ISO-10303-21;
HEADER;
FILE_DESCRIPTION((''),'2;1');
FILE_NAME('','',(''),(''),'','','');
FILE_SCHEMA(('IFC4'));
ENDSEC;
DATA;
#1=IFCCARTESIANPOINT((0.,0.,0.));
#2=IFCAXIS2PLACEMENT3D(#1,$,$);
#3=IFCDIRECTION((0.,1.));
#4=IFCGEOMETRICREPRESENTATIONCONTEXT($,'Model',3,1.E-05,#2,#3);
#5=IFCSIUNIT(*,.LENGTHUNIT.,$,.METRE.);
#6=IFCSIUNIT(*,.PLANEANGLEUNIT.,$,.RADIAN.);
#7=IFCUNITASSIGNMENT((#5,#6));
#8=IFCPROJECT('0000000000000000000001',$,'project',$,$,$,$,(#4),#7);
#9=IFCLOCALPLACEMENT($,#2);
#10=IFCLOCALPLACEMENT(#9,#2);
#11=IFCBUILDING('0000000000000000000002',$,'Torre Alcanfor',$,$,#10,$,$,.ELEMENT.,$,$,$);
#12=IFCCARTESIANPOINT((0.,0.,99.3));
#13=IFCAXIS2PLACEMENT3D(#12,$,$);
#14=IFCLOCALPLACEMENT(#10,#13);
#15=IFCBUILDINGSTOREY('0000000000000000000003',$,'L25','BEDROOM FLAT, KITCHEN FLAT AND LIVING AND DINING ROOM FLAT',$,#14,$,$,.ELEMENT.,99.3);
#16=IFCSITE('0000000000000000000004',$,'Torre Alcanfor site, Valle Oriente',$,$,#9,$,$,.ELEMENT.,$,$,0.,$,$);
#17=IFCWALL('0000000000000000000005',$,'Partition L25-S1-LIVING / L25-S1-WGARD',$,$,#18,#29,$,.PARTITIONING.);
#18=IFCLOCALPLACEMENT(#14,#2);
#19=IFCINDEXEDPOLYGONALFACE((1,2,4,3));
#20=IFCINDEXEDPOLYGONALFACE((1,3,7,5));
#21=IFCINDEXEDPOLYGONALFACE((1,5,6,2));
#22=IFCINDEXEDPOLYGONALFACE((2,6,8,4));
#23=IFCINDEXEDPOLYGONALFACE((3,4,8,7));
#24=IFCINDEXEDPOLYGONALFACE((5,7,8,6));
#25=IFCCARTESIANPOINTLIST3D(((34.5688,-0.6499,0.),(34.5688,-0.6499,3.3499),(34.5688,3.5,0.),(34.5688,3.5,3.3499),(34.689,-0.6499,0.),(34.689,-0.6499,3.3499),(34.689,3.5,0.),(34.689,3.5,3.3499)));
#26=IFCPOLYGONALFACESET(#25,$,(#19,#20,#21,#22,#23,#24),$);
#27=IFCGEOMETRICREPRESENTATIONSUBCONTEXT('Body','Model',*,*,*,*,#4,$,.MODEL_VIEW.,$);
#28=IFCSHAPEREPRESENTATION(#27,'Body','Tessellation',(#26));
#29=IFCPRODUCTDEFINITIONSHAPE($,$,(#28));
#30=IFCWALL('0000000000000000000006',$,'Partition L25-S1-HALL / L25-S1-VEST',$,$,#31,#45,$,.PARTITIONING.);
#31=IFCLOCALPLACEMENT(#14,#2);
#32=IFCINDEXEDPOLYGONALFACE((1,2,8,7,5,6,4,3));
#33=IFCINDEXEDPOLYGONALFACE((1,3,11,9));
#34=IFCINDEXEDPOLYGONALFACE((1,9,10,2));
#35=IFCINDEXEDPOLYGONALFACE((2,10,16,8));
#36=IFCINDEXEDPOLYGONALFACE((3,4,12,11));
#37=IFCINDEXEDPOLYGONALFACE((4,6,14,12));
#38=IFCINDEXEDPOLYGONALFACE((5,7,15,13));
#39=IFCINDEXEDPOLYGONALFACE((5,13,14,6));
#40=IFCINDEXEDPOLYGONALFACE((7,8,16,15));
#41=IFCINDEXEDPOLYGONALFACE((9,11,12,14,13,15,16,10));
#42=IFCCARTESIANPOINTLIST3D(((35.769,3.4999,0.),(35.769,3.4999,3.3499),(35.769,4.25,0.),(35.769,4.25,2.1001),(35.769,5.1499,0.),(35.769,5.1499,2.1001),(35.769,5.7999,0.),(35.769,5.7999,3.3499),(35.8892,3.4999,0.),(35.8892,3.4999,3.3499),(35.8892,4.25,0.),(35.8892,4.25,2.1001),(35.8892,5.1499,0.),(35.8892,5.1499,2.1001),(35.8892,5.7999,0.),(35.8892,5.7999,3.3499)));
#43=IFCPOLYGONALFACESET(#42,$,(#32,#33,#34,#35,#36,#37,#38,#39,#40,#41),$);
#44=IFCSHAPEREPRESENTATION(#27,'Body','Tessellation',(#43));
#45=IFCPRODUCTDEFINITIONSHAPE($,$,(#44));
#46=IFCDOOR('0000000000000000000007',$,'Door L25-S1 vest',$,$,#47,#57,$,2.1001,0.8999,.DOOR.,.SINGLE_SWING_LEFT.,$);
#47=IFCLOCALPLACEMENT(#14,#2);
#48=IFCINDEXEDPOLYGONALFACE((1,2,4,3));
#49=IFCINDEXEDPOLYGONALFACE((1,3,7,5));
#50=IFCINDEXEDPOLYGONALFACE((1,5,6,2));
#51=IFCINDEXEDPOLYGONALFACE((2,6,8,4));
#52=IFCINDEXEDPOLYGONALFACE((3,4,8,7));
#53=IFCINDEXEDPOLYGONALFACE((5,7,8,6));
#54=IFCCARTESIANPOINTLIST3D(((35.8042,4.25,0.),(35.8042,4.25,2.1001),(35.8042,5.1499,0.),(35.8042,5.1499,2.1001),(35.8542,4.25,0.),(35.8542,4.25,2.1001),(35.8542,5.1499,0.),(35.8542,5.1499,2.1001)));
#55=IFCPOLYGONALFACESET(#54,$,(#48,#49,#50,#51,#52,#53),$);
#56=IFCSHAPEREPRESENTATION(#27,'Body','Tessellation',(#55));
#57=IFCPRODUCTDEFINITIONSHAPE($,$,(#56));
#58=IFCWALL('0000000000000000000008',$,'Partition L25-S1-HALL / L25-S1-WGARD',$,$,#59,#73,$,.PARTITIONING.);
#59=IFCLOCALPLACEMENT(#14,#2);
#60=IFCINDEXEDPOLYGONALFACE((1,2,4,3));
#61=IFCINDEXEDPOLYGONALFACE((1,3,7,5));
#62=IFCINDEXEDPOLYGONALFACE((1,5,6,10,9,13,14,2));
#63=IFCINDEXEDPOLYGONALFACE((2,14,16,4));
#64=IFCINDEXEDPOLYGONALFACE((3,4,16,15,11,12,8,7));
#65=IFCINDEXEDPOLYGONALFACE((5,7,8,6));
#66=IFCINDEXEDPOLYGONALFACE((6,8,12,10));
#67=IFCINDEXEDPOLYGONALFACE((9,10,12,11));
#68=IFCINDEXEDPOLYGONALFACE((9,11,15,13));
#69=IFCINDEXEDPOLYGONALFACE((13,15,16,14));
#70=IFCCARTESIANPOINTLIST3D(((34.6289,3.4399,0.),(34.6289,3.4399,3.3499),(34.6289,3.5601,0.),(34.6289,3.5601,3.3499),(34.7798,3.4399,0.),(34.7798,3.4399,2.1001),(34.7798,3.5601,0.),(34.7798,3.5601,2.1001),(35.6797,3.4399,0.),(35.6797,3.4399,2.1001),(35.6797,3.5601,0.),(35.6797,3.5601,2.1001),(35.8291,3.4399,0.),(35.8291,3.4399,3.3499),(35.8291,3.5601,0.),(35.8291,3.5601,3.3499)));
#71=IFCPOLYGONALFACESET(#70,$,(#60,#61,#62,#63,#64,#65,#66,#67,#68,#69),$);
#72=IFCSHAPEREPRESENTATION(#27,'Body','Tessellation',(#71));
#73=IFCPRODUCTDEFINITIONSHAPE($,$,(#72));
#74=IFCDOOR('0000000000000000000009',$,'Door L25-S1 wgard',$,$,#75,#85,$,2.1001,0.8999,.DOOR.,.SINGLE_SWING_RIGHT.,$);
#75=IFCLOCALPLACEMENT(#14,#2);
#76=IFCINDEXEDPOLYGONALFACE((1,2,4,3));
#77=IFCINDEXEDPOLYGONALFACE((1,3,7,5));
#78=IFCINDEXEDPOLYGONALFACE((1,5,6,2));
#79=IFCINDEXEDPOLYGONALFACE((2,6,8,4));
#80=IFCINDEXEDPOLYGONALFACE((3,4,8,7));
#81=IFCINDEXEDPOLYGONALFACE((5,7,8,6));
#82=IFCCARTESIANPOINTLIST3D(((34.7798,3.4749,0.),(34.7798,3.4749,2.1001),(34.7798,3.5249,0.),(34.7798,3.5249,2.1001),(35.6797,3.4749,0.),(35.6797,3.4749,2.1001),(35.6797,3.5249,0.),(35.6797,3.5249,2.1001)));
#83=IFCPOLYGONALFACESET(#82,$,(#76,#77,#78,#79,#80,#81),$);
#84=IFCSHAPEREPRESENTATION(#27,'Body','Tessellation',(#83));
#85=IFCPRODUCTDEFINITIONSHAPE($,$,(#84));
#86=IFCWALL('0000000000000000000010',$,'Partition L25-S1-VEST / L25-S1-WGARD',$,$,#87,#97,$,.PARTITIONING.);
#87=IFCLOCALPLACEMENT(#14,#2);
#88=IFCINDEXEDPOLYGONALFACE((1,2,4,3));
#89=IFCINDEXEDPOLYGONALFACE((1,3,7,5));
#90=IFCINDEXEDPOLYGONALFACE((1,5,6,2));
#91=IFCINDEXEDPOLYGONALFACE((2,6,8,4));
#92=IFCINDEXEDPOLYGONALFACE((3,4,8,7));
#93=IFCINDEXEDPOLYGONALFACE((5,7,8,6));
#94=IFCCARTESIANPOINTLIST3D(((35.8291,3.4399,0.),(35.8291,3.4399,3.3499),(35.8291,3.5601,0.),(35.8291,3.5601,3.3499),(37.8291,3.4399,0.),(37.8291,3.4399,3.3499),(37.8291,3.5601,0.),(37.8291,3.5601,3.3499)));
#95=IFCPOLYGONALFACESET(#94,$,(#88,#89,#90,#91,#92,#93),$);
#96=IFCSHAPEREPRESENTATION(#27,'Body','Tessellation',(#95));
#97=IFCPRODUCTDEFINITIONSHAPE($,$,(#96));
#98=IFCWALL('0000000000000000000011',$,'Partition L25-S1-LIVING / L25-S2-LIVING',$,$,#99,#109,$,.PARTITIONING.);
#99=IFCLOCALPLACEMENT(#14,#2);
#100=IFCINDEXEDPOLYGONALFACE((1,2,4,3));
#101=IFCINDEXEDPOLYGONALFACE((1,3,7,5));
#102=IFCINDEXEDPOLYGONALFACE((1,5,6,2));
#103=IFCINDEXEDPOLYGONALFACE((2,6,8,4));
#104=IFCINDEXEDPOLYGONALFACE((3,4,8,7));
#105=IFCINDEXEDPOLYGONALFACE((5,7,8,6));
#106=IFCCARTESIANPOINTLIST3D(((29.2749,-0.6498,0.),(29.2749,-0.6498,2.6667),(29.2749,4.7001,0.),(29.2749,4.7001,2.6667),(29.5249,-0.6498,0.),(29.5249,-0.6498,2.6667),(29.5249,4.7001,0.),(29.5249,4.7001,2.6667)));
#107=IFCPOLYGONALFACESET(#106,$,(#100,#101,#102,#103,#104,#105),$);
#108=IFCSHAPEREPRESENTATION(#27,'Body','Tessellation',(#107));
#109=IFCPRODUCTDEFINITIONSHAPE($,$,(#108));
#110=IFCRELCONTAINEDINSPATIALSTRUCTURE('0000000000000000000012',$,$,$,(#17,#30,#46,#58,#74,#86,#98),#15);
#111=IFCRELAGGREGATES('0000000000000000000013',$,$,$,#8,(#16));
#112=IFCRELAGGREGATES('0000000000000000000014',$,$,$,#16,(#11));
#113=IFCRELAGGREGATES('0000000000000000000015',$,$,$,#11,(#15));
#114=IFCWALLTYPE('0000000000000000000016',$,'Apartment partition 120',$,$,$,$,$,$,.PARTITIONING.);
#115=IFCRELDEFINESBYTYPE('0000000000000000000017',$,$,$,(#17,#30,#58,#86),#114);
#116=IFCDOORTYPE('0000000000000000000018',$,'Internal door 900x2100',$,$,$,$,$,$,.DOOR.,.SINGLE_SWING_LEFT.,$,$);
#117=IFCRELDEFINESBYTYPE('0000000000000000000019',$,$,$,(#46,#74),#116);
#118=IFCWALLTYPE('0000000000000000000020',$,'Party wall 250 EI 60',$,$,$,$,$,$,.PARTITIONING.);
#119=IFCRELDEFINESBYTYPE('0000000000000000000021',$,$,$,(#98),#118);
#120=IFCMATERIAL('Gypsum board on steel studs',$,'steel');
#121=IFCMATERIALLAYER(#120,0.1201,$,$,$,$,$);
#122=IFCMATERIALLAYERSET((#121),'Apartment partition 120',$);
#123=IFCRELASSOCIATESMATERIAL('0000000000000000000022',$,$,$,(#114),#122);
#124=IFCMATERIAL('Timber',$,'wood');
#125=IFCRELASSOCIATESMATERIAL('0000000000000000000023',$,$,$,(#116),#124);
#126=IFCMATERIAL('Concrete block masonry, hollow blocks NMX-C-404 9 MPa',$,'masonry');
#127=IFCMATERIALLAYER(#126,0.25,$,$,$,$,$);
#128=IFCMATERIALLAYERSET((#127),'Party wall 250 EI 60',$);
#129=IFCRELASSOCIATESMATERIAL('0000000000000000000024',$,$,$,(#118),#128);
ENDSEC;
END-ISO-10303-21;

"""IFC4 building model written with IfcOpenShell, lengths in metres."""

from ifc_helpers import new_model, si_unit, direction, frame, frame_2d, origin, place, context, subcontext, project, spatial, rectangle, extrude, material, layer, layer_set, type_object, element, fill, save


model = new_model("IFC4")

# Units and contexts
model_context = context("Model", 3, precision=1e-05, world=origin(), true_north=direction((0.0, 1.0)))
body_context = subcontext(model_context, "Body", "Model", "MODEL_VIEW")
ifc_project = project(units=[si_unit("LENGTHUNIT", "METRE"), si_unit("PLANEANGLEUNIT", "RADIAN")], contexts=[model_context])

# Site, building, storey
site_placement = place(None, origin())
site = spatial("IfcSite", under=ifc_project, at=site_placement, Name="Torre Alcanfor site, Valle Oriente", CompositionType="ELEMENT", RefElevation=0.0)
building_placement = place(site_placement, origin())
building = spatial("IfcBuilding", under=site, at=building_placement, Name="Torre Alcanfor", CompositionType="ELEMENT")
storey_placement = place(building_placement, frame((0.0, 0.0, 99.3)))
storey = spatial("IfcBuildingStorey", under=building, at=storey_placement, Name="L25", Description="BEDROOM FLAT, KITCHEN FLAT AND LIVING AND DINING ROOM FLAT", CompositionType="ELEMENT", Elevation=99.3)

# Shared definitions
ifc_material_1 = material(Name="Gypsum board on steel studs", Category="steel")
ifc_layer_1 = layer(ifc_material_1, 0.1201)
ifc_layer_set_1 = layer_set([ifc_layer_1], Name="Apartment partition 120")
wall_type_1 = type_object("IfcWallType", Name="Apartment partition 120", PredefinedType="PARTITIONING", material=ifc_layer_set_1)

# Shared definitions
ifc_material_2 = material(Name="Timber", Category="wood")
door_type = type_object("IfcDoorType", Name="Internal door 900x2100", OperationType="SINGLE_SWING_LEFT", PredefinedType="DOOR", material=ifc_material_2)

# Wall
wall_1_placement = place(storey_placement, frame((34.6289, -0.6499, 0.0), z_axis=(0.0, 0.0, 1.0), x_axis=(0.0, 1.0, 0.0)))
element("IfcWall", 1, at=wall_1_placement, inside=storey, type_object=wall_type_1, Name="Partition L25-S1-LIVING / L25-S1-WGARD", PredefinedType="PARTITIONING", context=body_context, shape_type="SweptSolid", body=[
    extrude(rectangle(XDim=4.1499, YDim=0.1201, at=frame_2d((2.075, 0.0))), origin(), (0.0, 0.0, 1.0), 3.3499),
])

# Walls, openings, doors
wall_2_placement = place(storey_placement, frame((35.8291, 3.5, 0.0), z_axis=(0.0, 0.0, 1.0), x_axis=(0.0, 1.0, 0.0)))
wall_2 = element("IfcWall", 2, at=wall_2_placement, inside=storey, type_object=wall_type_1, Name="Partition L25-S1-HALL / L25-S1-VEST", PredefinedType="PARTITIONING", context=body_context, shape_type="SweptSolid", body=[
    extrude(rectangle(XDim=2.3, YDim=0.1201, at=frame_2d((1.1499, 0.0))), origin(), (0.0, 0.0, 1.0), 3.3499),
])
opening_1_placement = place(wall_2_placement, frame((0.75, 0.0, 0.0)))
opening_1 = element("IfcOpeningElement", 3, at=opening_1_placement, cuts=wall_2, PredefinedType="OPENING", context=body_context, shape_type="SweptSolid", body=[
    extrude(rectangle(XDim=0.8999, YDim=2.1001, at=frame_2d((0.45, 1.05))), frame((0.0, 0.0701, 0.0), z_axis=(0.0, -1.0, 0.0), x_axis=(1.0, 0.0, 0.0)), (0.0, 0.0, 1.0), 0.1401),
])
door_1_placement = place(opening_1_placement, frame((0.8999, 0.0, 0.0), z_axis=(0.0, 0.0, 1.0), x_axis=(-1.0, 0.0, 0.0)))
door_1 = element("IfcDoor", 4, at=door_1_placement, inside=storey, type_object=door_type, Name="Door L25-S1 vest", OperationType="SINGLE_SWING_LEFT", OverallHeight=2.1001, OverallWidth=0.8999, PredefinedType="DOOR", context=body_context, shape_type="SweptSolid", body=[
    extrude(rectangle(XDim=0.8999, YDim=2.1001, at=frame_2d((0.45, 1.05))), frame((0.0, 0.0251, 0.0), z_axis=(0.0, -1.0, 0.0), x_axis=(1.0, 0.0, 0.0)), (0.0, 0.0, 1.0), 0.05),
])
fill(opening_1, door_1)
wall_3_placement = place(storey_placement, frame((34.6289, 3.5, 0.0), z_axis=(0.0, 0.0, 1.0), x_axis=(1.0, 0.0, 0.0)))
wall_3 = element("IfcWall", 5, at=wall_3_placement, inside=storey, type_object=wall_type_1, Name="Partition L25-S1-HALL / L25-S1-WGARD", PredefinedType="PARTITIONING", context=body_context, shape_type="SweptSolid", body=[
    extrude(rectangle(XDim=1.2002, YDim=0.1201, at=frame_2d((0.6001, 0.0))), origin(), (0.0, 0.0, 1.0), 3.3499),
])
opening_2_placement = place(wall_3_placement, frame((0.1509, 0.0, 0.0)))
opening_2 = element("IfcOpeningElement", 6, at=opening_2_placement, cuts=wall_3, PredefinedType="OPENING", context=body_context, shape_type="SweptSolid", body=[
    extrude(rectangle(XDim=0.8999, YDim=2.1001, at=frame_2d((0.45, 1.05))), frame((0.0, 0.0701, 0.0), z_axis=(0.0, -1.0, 0.0), x_axis=(1.0, 0.0, 0.0)), (0.0, 0.0, 1.0), 0.1401),
])
door_2_placement = place(opening_2_placement, frame((0.8999, 0.0, 0.0), z_axis=(0.0, 0.0, 1.0), x_axis=(-1.0, 0.0, 0.0)))
door_2 = element("IfcDoor", 7, at=door_2_placement, inside=storey, type_object=door_type, Name="Door L25-S1 wgard", OperationType="SINGLE_SWING_RIGHT", OverallHeight=2.1001, OverallWidth=0.8999, PredefinedType="DOOR", context=body_context, shape_type="SweptSolid", body=[
    extrude(rectangle(XDim=0.8999, YDim=2.1001, at=frame_2d((0.45, 1.05))), frame((0.0, 0.0251, 0.0), z_axis=(0.0, -1.0, 0.0), x_axis=(1.0, 0.0, 0.0)), (0.0, 0.0, 1.0), 0.05),
])
fill(opening_2, door_2)

# Walls
wall_4_placement = place(storey_placement, frame((35.8291, 3.5, 0.0), z_axis=(0.0, 0.0, 1.0), x_axis=(1.0, 0.0, 0.0)))
element("IfcWall", 8, at=wall_4_placement, inside=storey, type_object=wall_type_1, Name="Partition L25-S1-VEST / L25-S1-WGARD", PredefinedType="PARTITIONING", context=body_context, shape_type="SweptSolid", body=[
    extrude(rectangle(XDim=2.0, YDim=0.1201, at=frame_2d((1.0, 0.0))), origin(), (0.0, 0.0, 1.0), 3.3499),
])
ifc_material_3 = material(Name="Concrete block masonry, hollow blocks NMX-C-404 9 MPa", Category="masonry")
ifc_layer_2 = layer(ifc_material_3, 0.25)
ifc_layer_set_2 = layer_set([ifc_layer_2], Name="Party wall 250 EI 60")
wall_type_2 = type_object("IfcWallType", Name="Party wall 250 EI 60", PredefinedType="PARTITIONING", material=ifc_layer_set_2)
wall_5_placement = place(storey_placement, frame((29.3999, 4.7, 0.0), z_axis=(0.0, 0.0, 1.0), x_axis=(0.0, -1.0, 0.0)))
element("IfcWall", 9, at=wall_5_placement, inside=storey, type_object=wall_type_2, Name="Partition L25-S1-LIVING / L25-S2-LIVING", PredefinedType="PARTITIONING", context=body_context, shape_type="SweptSolid", body=[
    extrude(rectangle(XDim=5.3499, YDim=0.25, at=frame_2d((2.6748, 0.0))), origin(), (0.0, 0.0, 1.0), 2.6667),
])

save(model, "model.ifc")
